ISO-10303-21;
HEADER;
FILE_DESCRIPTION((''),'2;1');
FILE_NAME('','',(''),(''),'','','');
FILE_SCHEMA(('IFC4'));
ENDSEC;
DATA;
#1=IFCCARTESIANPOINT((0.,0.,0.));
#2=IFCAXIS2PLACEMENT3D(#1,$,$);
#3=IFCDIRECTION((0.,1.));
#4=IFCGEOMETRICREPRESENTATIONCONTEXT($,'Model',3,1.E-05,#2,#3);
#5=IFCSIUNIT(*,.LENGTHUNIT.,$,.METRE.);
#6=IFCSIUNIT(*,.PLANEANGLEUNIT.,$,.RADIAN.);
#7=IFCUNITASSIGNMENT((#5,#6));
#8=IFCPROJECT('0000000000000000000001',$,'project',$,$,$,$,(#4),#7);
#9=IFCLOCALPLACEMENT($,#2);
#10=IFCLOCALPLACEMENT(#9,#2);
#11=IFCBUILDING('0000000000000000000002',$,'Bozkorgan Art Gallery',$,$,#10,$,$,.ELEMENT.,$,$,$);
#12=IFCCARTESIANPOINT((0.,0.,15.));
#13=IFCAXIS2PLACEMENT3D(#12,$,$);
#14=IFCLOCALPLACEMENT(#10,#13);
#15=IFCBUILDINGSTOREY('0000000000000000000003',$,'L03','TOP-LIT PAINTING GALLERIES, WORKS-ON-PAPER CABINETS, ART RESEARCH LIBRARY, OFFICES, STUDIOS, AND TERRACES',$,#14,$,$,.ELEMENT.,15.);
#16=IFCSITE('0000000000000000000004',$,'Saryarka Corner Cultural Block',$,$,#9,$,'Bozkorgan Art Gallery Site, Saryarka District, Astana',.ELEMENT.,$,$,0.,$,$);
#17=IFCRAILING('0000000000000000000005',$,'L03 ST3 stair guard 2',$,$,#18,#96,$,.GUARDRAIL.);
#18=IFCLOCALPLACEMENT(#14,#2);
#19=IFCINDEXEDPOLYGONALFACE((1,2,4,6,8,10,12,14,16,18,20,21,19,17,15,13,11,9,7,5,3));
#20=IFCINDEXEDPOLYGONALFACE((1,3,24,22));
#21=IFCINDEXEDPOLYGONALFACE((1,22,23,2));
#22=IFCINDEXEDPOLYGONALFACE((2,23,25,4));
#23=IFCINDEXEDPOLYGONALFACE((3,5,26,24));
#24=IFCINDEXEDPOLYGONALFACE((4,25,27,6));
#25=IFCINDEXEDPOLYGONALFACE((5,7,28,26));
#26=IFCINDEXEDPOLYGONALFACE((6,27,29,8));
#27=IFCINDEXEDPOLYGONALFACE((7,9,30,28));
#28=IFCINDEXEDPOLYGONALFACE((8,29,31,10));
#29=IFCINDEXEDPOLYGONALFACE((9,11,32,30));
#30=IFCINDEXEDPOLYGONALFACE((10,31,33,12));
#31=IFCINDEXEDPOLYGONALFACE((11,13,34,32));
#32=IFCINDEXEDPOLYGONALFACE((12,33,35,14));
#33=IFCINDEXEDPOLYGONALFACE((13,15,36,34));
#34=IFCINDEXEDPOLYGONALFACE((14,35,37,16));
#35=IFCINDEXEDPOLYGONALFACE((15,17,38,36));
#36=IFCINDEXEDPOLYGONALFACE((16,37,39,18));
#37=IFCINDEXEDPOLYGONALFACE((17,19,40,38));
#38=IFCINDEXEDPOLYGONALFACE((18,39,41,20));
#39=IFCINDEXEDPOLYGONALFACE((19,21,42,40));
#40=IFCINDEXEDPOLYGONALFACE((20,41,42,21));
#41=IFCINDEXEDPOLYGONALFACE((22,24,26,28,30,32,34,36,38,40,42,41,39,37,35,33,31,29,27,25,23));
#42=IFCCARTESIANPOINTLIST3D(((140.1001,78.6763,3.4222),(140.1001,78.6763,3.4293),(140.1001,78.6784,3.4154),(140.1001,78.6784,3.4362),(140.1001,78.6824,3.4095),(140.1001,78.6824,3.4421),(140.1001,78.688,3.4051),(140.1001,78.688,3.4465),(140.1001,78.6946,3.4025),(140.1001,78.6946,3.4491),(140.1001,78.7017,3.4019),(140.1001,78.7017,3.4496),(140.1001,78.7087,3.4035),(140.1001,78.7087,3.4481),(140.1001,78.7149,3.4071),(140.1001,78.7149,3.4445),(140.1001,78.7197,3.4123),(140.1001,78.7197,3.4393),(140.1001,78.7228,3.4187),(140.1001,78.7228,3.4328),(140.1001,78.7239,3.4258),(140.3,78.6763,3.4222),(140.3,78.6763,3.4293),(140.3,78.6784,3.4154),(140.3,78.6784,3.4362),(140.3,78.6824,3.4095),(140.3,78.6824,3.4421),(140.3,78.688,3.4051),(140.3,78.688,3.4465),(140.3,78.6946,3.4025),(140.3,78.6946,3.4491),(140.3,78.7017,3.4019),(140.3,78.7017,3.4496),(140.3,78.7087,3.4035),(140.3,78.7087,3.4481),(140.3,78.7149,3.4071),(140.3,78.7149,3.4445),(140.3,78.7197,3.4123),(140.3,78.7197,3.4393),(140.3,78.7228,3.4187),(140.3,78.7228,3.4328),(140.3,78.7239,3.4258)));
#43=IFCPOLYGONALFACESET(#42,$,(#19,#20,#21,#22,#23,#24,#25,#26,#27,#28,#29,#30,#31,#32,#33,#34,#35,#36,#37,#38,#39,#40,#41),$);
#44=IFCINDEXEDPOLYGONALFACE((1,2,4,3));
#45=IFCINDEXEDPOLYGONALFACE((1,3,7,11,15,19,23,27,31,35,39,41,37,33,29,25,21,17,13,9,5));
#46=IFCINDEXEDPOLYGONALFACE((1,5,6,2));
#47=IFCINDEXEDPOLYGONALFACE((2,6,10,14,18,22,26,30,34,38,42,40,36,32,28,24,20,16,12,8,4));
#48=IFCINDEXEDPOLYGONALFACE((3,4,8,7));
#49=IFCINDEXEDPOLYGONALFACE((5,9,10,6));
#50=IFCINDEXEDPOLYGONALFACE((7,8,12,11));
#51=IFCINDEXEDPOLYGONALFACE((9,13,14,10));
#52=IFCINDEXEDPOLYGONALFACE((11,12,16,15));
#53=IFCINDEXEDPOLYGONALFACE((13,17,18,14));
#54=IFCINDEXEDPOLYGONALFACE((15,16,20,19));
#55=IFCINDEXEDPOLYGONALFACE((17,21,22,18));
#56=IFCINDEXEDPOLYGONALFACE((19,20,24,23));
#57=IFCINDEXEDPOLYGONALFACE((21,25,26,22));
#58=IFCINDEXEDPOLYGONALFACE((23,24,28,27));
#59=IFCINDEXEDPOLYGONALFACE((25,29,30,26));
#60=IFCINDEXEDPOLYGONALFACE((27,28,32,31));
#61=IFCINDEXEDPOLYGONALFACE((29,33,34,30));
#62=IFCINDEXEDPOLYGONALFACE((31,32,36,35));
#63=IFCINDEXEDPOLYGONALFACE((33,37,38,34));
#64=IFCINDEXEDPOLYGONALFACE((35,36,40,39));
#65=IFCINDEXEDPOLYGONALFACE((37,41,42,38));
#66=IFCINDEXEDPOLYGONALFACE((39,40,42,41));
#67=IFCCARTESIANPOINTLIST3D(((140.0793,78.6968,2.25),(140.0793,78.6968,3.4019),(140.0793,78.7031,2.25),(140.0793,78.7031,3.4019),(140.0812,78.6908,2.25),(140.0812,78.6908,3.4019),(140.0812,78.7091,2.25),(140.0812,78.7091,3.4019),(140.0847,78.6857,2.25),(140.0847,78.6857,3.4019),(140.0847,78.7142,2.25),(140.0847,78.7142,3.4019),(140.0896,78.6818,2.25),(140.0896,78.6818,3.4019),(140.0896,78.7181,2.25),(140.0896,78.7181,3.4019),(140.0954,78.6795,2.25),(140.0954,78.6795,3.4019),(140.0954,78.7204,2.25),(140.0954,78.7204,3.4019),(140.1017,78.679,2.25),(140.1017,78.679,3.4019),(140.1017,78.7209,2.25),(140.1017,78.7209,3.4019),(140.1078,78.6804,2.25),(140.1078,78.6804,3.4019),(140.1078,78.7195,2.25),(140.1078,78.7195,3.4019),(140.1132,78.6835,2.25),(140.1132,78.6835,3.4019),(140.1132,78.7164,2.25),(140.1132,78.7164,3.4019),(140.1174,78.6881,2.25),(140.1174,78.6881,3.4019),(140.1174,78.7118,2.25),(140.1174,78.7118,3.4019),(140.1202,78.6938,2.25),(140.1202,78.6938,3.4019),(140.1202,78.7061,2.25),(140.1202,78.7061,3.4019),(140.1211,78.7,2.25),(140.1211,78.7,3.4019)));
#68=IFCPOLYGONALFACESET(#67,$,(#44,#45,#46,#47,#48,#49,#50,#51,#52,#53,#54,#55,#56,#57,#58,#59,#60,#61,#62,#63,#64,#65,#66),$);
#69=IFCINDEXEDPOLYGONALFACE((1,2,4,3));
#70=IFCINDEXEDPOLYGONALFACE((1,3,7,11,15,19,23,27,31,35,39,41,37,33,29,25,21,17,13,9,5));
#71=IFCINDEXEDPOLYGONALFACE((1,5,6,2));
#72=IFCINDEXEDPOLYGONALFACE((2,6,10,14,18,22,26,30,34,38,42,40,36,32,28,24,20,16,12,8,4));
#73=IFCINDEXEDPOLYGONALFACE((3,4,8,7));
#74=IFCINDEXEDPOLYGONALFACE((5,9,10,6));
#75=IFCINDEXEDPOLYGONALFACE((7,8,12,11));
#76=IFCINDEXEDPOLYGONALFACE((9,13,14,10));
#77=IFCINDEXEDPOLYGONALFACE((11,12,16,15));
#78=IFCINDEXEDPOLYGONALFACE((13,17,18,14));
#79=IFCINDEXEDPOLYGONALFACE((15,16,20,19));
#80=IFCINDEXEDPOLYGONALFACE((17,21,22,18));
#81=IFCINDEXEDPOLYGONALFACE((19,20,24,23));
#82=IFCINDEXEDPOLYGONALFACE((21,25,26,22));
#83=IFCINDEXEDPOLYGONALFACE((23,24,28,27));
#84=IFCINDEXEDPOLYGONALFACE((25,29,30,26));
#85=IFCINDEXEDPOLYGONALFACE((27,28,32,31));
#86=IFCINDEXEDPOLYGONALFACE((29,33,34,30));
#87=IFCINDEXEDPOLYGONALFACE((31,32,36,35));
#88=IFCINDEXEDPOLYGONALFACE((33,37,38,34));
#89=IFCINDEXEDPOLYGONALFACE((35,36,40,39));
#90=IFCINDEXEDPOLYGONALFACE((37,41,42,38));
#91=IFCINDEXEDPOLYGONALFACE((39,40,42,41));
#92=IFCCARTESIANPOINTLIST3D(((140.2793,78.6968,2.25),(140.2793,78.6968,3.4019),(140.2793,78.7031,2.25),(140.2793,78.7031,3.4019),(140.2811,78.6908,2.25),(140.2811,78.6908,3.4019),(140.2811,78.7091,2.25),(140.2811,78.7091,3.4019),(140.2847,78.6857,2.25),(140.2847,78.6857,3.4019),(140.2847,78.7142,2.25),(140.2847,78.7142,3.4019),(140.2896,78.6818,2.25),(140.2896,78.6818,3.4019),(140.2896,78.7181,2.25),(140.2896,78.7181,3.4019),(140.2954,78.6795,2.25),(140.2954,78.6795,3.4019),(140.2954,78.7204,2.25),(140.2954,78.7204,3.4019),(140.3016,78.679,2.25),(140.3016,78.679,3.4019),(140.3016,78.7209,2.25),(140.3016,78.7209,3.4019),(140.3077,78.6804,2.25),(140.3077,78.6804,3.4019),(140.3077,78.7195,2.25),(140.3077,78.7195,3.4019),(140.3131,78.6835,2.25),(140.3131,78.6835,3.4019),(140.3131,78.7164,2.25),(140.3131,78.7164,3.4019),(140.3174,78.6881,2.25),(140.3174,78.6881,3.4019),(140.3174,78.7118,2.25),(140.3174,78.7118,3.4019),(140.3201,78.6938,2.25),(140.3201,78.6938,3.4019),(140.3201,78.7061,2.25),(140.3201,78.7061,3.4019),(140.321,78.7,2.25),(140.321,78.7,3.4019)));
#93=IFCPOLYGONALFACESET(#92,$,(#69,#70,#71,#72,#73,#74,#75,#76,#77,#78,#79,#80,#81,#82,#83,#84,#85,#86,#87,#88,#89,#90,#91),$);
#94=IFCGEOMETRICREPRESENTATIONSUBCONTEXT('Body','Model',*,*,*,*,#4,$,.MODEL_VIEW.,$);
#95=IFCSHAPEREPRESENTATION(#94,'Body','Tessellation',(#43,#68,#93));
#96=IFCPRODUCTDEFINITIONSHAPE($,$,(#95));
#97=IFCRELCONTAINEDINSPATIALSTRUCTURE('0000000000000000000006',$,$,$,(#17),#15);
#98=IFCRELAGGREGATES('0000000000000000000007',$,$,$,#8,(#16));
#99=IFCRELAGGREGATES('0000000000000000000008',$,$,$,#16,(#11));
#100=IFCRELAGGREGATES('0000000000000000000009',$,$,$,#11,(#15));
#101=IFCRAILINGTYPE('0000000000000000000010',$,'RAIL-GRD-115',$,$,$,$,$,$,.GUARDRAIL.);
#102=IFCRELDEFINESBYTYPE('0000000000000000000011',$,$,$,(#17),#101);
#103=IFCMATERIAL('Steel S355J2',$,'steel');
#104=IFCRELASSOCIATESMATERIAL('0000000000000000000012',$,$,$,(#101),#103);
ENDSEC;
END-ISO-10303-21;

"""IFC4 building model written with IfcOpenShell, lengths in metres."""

from ifc_helpers import new_model, si_unit, direction, frame, origin, origin_2d, place, context, subcontext, project, spatial, circle, extrude, material, type_object, element, save


model = new_model("IFC4")

# Units and contexts
model_context = context("Model", 3, precision=1e-05, world=origin(), true_north=direction((0.0, 1.0)))
body_context = subcontext(model_context, "Body", "Model", "MODEL_VIEW")
ifc_project = project(units=[si_unit("LENGTHUNIT", "METRE"), si_unit("PLANEANGLEUNIT", "RADIAN")], contexts=[model_context])

# Site, building, storey
site_placement = place(None, origin())
site = spatial("IfcSite", under=ifc_project, at=site_placement, Name="Saryarka Corner Cultural Block", LongName="Bozkorgan Art Gallery Site, Saryarka District, Astana", CompositionType="ELEMENT", RefElevation=0.0)
building_placement = place(site_placement, origin())
building = spatial("IfcBuilding", under=site, at=building_placement, Name="Bozkorgan Art Gallery", CompositionType="ELEMENT")
storey_placement = place(building_placement, frame((0.0, 0.0, 15.0)))
storey = spatial("IfcBuildingStorey", under=building, at=storey_placement, Name="L03", Description="TOP-LIT PAINTING GALLERIES, WORKS-ON-PAPER CABINETS, ART RESEARCH LIBRARY, OFFICES, STUDIOS, AND TERRACES", CompositionType="ELEMENT", Elevation=15.0)

# Shared definitions
ifc_material_1 = material(Name="Steel S355J2", Category="steel")

# Railing
railing_type_1 = type_object("IfcRailingType", Name="RAIL-GRD-115", PredefinedType="GUARDRAIL", material=ifc_material_1)
railing_1_placement = place(storey_placement, frame((140.1001, 78.7, 2.25)))
element("IfcRailing", 1, at=railing_1_placement, inside=storey, type_object=railing_type_1, Name="L03 ST3 stair guard 2", PredefinedType="GUARDRAIL", context=body_context, shape_type="SweptSolid", body=[
    extrude(circle(Radius=0.0239, at=origin_2d()), frame((0.0, 0.0, 1.1758), z_axis=(1.0, 0.0, 0.0), x_axis=(0.0, 1.0, 0.0)), (0.0, 0.0, 1.0), 0.2),
    extrude(circle(Radius=0.021, at=origin_2d()), origin(), (0.0, 0.0, 1.0), 1.1519),
    extrude(circle(Radius=0.021, at=origin_2d()), frame((0.2, 0.0, 0.0)), (0.0, 0.0, 1.0), 1.1519),
])

save(model, "model.ifc")
